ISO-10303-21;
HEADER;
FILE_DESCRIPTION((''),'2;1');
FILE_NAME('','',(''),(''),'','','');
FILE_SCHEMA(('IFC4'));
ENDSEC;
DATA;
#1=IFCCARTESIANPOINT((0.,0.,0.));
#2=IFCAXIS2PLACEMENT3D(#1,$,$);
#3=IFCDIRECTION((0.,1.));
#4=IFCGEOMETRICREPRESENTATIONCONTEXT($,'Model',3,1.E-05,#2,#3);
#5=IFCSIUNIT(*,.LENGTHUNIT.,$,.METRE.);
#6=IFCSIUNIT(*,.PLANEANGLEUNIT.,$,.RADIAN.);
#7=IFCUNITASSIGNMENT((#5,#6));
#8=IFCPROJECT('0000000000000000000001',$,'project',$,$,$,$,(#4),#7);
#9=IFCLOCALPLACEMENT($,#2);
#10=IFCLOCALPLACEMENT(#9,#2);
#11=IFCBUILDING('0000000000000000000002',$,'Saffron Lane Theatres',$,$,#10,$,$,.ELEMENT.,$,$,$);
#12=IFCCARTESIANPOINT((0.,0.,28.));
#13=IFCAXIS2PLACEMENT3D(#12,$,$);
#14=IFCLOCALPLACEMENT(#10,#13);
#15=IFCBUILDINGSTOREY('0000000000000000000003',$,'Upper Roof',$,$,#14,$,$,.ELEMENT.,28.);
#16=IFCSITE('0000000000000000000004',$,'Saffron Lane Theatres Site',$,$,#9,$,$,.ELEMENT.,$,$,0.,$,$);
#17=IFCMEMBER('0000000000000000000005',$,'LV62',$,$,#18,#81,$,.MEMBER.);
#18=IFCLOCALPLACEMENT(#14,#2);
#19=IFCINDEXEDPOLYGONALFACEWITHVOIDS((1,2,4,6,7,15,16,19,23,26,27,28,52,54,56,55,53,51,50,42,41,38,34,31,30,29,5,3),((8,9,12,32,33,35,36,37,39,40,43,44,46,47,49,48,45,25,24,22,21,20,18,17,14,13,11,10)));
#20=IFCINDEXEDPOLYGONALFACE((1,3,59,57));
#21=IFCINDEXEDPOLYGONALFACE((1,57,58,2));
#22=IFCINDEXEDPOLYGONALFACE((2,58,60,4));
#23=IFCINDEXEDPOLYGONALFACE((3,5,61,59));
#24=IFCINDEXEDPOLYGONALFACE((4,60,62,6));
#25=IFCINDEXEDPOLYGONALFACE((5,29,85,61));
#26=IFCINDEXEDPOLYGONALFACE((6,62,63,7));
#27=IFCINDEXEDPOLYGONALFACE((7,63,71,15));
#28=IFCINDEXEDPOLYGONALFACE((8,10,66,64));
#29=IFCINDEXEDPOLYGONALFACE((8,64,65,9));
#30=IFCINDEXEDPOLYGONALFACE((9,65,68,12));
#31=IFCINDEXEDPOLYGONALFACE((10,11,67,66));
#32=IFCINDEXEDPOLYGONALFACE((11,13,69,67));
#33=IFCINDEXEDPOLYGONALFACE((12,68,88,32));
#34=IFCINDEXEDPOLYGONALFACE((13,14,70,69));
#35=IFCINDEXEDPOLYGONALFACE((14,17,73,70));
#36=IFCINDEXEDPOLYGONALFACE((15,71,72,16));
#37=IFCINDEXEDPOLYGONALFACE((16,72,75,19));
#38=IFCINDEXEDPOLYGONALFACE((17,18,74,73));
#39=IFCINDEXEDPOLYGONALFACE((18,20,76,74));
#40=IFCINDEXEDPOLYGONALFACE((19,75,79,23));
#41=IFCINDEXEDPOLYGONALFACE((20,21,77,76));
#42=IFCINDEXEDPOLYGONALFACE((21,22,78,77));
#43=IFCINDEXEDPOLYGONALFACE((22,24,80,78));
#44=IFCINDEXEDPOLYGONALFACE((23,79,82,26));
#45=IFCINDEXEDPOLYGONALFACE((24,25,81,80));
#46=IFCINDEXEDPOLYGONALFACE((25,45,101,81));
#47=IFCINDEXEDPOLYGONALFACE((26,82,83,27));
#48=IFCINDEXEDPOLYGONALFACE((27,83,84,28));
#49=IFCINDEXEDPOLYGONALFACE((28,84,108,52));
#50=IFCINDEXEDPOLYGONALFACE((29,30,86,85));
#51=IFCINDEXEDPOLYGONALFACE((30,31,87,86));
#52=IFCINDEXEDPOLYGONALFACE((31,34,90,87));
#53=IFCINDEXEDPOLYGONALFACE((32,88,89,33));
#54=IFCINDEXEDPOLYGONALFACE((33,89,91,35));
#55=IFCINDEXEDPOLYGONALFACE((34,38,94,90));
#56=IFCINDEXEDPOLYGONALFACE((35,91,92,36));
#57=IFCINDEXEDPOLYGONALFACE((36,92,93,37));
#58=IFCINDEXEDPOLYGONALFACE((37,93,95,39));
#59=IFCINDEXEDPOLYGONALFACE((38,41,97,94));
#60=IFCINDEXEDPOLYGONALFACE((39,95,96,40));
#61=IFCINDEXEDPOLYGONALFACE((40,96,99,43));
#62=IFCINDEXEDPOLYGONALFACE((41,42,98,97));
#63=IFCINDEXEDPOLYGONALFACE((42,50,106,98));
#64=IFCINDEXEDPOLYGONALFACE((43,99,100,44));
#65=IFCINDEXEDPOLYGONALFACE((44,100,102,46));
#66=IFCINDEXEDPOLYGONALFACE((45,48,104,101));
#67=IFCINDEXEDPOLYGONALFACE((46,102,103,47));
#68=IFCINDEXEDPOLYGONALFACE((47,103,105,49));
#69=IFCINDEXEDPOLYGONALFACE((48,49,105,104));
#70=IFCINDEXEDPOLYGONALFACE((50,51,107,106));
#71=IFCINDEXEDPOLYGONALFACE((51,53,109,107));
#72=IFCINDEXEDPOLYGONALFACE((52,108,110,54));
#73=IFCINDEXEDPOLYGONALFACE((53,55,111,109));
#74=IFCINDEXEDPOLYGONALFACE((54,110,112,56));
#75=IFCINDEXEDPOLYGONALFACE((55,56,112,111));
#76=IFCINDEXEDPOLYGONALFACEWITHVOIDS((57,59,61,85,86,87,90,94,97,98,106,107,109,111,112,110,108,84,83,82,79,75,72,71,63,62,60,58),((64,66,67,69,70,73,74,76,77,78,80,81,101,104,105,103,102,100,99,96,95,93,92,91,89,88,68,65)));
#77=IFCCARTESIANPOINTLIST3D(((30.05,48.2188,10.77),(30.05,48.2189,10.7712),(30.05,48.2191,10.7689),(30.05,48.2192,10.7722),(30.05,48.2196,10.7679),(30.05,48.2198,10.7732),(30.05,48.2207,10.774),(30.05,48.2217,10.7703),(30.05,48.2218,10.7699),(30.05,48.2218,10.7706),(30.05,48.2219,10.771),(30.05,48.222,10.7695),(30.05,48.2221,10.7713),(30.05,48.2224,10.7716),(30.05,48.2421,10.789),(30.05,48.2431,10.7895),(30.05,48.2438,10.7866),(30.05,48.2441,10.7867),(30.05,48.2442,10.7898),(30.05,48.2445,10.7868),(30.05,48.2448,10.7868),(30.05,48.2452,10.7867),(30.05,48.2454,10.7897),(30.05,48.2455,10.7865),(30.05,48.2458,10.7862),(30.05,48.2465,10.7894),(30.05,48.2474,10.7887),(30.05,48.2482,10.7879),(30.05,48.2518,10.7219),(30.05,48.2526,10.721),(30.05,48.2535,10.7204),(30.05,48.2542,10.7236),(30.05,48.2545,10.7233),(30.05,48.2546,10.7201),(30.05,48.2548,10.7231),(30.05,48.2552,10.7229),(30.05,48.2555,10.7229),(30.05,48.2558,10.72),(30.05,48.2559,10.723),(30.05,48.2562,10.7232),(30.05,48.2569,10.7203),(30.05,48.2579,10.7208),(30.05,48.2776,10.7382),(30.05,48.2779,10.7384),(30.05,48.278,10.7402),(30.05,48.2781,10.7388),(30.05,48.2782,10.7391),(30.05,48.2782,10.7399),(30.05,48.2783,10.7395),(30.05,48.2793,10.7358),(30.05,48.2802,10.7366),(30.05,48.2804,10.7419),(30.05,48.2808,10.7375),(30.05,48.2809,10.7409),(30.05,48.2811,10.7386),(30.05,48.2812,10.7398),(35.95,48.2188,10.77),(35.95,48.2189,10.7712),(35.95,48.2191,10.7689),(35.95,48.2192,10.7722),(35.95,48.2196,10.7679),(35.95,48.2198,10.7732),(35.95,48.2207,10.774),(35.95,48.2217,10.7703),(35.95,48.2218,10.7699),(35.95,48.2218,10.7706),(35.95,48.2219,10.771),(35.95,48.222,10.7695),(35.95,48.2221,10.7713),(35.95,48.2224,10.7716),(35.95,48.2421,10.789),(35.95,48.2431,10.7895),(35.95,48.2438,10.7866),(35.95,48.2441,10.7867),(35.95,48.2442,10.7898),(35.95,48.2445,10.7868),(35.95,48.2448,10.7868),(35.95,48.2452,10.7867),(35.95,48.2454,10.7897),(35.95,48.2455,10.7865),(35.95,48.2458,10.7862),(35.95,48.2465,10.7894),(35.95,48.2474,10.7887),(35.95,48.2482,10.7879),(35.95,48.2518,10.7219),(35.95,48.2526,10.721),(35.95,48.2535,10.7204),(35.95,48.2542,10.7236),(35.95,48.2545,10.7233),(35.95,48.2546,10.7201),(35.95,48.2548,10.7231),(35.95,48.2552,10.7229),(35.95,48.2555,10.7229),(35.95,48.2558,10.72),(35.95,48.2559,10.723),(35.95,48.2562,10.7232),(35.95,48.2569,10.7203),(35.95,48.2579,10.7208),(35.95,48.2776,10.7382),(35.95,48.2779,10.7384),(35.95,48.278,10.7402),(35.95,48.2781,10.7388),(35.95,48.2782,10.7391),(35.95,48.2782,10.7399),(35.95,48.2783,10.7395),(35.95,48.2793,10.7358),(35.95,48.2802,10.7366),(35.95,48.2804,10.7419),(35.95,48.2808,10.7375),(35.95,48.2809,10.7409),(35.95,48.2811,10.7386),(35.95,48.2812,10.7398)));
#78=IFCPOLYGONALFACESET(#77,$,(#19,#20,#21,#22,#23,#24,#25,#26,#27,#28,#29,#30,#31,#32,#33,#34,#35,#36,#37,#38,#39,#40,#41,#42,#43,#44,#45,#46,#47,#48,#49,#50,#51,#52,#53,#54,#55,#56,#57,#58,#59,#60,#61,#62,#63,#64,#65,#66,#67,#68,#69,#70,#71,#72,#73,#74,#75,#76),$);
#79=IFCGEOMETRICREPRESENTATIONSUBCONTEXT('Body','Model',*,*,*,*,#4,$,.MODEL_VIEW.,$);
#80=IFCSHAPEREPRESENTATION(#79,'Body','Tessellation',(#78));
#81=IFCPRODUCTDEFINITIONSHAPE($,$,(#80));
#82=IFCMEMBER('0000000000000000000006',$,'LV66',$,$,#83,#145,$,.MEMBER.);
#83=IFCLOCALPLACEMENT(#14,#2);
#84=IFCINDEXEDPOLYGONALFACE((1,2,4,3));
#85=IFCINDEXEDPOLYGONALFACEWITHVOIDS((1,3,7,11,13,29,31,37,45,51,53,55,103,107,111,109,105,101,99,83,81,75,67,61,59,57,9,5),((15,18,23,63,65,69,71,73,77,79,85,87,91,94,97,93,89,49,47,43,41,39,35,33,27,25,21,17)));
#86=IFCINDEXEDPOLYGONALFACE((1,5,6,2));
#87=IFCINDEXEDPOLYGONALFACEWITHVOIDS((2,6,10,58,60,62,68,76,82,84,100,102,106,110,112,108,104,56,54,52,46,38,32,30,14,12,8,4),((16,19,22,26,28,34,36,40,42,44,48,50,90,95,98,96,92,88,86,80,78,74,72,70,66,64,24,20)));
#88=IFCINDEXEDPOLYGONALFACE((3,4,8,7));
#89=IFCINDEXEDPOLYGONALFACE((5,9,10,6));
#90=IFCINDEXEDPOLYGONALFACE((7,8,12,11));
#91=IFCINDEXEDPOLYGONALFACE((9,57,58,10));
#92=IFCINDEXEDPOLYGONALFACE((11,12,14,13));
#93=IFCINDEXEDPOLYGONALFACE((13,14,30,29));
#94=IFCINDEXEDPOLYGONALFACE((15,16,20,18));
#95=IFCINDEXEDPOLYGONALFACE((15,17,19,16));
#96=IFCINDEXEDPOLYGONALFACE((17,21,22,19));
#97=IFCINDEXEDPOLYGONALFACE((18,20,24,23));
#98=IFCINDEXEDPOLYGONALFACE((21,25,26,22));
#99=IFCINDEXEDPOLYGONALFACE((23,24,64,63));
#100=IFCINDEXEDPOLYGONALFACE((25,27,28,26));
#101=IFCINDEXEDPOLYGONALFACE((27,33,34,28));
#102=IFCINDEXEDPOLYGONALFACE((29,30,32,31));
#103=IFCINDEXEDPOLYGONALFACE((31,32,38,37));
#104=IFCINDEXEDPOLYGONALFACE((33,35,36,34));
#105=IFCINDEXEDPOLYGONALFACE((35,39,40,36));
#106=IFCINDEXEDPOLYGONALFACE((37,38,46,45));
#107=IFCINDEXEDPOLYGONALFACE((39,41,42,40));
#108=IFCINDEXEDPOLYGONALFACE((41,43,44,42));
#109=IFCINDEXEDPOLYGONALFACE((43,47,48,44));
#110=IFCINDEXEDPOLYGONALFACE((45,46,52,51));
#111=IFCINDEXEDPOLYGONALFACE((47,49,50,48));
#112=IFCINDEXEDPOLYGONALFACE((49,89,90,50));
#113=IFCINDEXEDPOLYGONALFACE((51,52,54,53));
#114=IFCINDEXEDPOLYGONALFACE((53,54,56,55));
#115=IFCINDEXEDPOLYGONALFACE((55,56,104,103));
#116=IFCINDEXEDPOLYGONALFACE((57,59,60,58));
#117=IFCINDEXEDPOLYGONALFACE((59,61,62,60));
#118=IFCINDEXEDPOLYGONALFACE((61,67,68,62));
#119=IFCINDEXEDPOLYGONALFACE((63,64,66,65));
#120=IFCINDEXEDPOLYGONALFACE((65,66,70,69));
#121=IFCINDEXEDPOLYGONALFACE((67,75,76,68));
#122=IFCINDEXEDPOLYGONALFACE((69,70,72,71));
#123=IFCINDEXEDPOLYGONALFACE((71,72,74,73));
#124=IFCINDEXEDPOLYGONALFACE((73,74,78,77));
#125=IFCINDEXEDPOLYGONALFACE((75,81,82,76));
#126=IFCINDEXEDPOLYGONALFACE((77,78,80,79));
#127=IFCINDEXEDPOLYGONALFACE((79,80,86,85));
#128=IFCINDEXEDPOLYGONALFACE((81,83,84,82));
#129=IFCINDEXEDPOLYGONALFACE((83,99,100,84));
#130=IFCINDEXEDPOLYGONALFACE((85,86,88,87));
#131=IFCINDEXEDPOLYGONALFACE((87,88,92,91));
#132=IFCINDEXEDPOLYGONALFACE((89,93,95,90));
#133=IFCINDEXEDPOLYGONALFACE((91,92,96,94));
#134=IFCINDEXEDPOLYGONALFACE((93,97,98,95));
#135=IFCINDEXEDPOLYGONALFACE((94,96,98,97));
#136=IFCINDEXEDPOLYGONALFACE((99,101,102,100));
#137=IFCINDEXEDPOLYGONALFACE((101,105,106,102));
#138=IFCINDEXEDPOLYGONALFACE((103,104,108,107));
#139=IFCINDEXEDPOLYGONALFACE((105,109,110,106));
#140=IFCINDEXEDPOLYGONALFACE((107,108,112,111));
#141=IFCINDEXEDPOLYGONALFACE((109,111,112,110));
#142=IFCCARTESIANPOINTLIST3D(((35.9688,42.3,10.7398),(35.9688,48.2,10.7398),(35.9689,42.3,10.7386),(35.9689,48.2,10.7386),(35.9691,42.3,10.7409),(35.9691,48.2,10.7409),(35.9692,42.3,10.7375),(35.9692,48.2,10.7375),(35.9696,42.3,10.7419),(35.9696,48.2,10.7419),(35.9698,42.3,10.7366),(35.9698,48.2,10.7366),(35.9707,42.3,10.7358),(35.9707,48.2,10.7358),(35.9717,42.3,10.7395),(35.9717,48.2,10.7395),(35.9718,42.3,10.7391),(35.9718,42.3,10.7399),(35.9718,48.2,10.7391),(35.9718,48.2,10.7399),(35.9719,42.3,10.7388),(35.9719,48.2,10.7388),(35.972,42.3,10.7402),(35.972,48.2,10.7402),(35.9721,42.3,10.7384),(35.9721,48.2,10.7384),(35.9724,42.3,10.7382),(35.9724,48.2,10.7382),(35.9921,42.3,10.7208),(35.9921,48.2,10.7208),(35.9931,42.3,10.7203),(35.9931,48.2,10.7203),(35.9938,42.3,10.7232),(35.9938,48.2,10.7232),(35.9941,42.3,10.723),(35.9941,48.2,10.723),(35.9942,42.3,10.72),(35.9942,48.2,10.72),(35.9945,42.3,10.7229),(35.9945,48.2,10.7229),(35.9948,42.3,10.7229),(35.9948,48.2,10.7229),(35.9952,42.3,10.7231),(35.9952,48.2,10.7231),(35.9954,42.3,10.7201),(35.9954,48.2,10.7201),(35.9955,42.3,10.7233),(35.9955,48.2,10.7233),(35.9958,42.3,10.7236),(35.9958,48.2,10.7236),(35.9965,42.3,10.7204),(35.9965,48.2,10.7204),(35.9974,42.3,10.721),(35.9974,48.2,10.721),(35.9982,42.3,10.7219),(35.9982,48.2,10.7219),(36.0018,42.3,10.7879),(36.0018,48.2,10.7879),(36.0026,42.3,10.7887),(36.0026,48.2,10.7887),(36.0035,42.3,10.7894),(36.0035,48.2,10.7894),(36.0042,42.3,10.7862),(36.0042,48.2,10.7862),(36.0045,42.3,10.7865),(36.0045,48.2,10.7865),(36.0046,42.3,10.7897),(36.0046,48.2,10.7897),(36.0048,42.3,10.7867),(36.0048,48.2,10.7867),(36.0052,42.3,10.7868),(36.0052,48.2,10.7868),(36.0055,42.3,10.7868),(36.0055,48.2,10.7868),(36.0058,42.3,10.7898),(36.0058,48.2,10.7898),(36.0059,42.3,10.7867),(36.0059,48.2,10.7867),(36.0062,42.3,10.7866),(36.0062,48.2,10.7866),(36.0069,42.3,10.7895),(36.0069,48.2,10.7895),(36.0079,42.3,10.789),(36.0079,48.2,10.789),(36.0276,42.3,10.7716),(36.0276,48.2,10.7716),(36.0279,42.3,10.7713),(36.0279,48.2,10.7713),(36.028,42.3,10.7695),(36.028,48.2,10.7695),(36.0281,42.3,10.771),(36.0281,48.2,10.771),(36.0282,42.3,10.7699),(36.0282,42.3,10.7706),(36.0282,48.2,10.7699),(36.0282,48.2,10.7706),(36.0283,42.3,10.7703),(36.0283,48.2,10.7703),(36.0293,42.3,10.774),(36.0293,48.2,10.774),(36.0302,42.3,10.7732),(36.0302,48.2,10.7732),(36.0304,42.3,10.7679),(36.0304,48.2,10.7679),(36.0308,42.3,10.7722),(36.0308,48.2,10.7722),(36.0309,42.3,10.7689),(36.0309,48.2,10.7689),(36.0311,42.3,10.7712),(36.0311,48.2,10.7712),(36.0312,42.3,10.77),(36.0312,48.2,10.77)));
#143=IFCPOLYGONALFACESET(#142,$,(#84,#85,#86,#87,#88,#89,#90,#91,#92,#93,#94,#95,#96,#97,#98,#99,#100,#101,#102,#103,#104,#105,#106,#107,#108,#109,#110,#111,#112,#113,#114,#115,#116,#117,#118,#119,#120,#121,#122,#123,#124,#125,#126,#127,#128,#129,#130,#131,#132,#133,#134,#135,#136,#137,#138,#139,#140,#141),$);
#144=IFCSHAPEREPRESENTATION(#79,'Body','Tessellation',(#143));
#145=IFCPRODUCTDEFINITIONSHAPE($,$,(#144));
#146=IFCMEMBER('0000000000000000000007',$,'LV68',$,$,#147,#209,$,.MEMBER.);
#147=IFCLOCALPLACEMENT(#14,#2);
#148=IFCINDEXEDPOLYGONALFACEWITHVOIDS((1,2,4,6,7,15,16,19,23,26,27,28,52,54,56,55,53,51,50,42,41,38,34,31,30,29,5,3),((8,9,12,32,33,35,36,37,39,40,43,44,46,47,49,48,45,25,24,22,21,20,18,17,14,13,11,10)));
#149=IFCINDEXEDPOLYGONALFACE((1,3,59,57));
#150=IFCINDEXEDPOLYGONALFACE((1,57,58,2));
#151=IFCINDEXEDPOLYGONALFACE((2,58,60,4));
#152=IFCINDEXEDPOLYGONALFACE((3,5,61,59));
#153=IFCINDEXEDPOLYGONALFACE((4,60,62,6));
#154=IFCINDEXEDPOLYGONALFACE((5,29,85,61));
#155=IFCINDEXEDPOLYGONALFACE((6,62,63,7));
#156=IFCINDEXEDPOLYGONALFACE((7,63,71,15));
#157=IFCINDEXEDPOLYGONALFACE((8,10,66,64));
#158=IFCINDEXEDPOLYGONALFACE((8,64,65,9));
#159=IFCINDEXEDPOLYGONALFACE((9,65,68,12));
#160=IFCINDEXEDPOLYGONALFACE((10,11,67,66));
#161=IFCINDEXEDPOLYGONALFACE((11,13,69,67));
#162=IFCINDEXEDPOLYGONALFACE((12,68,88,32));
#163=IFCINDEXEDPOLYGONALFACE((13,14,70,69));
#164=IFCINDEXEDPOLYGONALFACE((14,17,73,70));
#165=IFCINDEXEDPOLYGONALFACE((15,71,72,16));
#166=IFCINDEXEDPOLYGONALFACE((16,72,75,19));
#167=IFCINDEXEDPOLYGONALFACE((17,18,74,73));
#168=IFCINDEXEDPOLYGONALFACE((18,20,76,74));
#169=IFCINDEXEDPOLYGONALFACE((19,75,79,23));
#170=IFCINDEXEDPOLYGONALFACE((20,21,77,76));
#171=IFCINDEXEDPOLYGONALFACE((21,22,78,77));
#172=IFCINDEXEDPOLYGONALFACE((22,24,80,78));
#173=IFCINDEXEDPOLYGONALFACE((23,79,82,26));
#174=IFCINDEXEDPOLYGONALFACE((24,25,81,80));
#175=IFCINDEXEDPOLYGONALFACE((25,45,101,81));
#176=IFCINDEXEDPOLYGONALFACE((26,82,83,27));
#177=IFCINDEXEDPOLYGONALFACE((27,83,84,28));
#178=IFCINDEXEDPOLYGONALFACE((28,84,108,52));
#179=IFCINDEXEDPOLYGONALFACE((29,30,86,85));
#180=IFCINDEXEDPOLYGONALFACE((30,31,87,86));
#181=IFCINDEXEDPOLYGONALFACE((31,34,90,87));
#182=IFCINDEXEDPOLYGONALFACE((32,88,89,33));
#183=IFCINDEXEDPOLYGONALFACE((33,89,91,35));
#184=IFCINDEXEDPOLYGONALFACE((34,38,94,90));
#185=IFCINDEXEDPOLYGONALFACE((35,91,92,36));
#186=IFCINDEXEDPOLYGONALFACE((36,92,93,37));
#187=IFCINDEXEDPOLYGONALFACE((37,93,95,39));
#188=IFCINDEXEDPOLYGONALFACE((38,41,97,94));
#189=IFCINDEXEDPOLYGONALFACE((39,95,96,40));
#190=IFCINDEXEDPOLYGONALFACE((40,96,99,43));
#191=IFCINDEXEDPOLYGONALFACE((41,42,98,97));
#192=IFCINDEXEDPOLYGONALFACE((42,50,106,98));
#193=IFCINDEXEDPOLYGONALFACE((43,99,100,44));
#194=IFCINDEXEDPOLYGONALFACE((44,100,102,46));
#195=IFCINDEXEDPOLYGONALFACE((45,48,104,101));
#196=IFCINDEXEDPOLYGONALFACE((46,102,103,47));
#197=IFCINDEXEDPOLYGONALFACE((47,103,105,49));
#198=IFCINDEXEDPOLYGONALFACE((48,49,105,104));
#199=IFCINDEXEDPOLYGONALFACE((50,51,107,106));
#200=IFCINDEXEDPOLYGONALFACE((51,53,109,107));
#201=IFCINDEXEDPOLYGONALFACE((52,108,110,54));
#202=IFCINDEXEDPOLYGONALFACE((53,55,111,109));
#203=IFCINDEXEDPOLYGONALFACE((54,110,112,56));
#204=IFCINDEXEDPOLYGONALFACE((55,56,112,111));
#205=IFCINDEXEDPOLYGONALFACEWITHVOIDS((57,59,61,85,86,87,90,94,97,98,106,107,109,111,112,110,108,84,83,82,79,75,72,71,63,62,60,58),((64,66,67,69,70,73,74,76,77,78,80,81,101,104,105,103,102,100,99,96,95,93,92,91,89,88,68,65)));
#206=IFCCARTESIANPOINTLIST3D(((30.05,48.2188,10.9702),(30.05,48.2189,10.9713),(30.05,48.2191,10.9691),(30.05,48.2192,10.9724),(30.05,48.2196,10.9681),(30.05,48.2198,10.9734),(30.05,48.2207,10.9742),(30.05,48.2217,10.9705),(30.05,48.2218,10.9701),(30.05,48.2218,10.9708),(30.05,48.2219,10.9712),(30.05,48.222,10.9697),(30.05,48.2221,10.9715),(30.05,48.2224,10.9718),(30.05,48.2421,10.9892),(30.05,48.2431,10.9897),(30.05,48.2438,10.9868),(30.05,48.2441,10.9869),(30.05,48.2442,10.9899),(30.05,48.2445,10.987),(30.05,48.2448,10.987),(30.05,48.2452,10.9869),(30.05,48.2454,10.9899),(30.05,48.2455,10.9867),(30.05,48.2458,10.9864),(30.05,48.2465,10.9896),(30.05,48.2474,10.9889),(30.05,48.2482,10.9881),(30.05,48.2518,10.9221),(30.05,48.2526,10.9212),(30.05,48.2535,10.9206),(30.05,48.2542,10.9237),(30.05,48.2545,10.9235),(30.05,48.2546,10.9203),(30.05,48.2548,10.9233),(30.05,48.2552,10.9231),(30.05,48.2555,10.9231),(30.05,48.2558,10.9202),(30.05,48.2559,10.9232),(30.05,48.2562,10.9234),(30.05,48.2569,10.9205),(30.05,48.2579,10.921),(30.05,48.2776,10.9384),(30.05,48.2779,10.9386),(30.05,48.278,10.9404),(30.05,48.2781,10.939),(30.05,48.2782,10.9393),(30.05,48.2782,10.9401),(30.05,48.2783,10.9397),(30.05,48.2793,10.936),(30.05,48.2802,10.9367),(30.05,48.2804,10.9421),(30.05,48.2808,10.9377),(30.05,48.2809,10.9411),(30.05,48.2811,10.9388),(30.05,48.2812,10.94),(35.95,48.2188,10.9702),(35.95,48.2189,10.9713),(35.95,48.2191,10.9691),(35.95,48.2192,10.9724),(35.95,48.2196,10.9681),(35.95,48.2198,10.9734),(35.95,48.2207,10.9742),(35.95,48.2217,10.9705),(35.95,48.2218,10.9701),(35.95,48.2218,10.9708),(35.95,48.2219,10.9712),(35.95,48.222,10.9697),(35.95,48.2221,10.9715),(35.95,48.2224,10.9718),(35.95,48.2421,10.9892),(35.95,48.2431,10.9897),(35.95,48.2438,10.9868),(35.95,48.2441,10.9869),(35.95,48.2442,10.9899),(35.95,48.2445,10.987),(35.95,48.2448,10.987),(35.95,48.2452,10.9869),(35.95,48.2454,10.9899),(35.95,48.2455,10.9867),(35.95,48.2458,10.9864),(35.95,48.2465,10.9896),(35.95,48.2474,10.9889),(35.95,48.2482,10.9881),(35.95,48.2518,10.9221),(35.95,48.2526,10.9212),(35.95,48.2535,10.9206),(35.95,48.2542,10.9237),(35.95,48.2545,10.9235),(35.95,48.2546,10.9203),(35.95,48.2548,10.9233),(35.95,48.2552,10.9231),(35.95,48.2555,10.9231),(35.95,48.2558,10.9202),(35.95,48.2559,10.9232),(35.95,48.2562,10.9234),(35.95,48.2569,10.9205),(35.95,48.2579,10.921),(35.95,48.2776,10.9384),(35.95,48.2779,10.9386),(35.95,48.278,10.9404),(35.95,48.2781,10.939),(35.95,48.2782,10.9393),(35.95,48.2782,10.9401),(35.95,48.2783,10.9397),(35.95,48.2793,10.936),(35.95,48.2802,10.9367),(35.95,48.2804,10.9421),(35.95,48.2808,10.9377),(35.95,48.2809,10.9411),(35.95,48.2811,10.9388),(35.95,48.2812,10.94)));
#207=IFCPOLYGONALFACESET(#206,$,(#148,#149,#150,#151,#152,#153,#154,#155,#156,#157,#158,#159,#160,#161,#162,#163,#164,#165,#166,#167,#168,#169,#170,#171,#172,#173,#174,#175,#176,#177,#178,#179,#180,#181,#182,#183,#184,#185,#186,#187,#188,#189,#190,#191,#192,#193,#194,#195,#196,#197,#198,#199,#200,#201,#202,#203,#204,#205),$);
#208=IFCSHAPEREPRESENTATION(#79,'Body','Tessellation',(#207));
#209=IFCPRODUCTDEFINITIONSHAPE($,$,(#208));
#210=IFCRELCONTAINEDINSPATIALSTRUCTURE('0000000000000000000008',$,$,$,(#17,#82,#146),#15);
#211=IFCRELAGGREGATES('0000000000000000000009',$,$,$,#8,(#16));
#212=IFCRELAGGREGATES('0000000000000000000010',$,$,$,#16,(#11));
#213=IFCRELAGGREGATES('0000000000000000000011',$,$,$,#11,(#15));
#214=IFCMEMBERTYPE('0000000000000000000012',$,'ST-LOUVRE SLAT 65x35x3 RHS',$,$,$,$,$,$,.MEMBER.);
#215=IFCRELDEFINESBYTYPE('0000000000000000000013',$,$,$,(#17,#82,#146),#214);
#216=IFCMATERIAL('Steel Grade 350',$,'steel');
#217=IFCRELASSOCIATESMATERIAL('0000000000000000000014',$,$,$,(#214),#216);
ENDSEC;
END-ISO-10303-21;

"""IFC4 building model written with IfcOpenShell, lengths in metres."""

from ifc_helpers import new_model, si_unit, direction, frame, origin, origin_2d, place, context, subcontext, project, spatial, hollow_rectangle, extrude, material, material_profile, profile_set, type_object, element, save


model = new_model("IFC4")

# Units and contexts
model_context = context("Model", 3, precision=1e-05, world=origin(), true_north=direction((0.0, 1.0)))
body_context = subcontext(model_context, "Body", "Model", "MODEL_VIEW")
ifc_project = project(units=[si_unit("LENGTHUNIT", "METRE"), si_unit("PLANEANGLEUNIT", "RADIAN")], contexts=[model_context])

# Site, building, storey
site_placement = place(None, origin())
site = spatial("IfcSite", under=ifc_project, at=site_placement, Name="Saffron Lane Theatres Site", CompositionType="ELEMENT", RefElevation=0.0)
building_placement = place(site_placement, origin())
building = spatial("IfcBuilding", under=site, at=building_placement, Name="Saffron Lane Theatres", CompositionType="ELEMENT")
storey_placement = place(building_placement, frame((0.0, 0.0, 28.0)))
storey = spatial("IfcBuildingStorey", under=building, at=storey_placement, Name="Upper Roof", CompositionType="ELEMENT", Elevation=28.0)

# Members
ifc_material_1 = material(Name="Steel Grade 350", Category="steel")
ifc_material_profile_1 = material_profile(ifc_material_1, hollow_rectangle(XDim=0.0349, YDim=0.0649, WallThickness=0.0029, InnerFilletRadius=0.0015, OuterFilletRadius=0.0044, at=origin_2d()))
ifc_profile_set_1 = profile_set([ifc_material_profile_1], Name="Steel Grade 350")
member_type_1 = type_object("IfcMemberType", Name="ST-LOUVRE SLAT 65x35x3 RHS", PredefinedType="MEMBER", material=ifc_profile_set_1)
for number, where, z_axis, x_axis, name in (
    (1, (30.05, 48.25, 10.7549), (1.0, 0.0, 0.0), (0.0, 0.819152, 0.573576), "LV62"),
    (2, (36.0, 42.3, 10.7549), (0.0, 1.0, 0.0), (-0.819152, 0.0, 0.573576), "LV66"),
    (3, (30.05, 48.25, 10.9551), (1.0, 0.0, 0.0), (0.0, 0.819152, 0.573576), "LV68"),
):
    element("IfcMember", number, at=place(storey_placement, frame(where, z_axis=z_axis, x_axis=x_axis)), inside=storey, type_object=member_type_1, Name=name, PredefinedType="MEMBER", context=body_context, shape_type="SweptSolid", body=[
        extrude(hollow_rectangle(XDim=0.0349, YDim=0.0649, WallThickness=0.0029, InnerFilletRadius=0.0015, OuterFilletRadius=0.0044, at=origin_2d()), origin(), (0.0, 0.0, 1.0), 5.8999),
    ])

save(model, "model.ifc")
